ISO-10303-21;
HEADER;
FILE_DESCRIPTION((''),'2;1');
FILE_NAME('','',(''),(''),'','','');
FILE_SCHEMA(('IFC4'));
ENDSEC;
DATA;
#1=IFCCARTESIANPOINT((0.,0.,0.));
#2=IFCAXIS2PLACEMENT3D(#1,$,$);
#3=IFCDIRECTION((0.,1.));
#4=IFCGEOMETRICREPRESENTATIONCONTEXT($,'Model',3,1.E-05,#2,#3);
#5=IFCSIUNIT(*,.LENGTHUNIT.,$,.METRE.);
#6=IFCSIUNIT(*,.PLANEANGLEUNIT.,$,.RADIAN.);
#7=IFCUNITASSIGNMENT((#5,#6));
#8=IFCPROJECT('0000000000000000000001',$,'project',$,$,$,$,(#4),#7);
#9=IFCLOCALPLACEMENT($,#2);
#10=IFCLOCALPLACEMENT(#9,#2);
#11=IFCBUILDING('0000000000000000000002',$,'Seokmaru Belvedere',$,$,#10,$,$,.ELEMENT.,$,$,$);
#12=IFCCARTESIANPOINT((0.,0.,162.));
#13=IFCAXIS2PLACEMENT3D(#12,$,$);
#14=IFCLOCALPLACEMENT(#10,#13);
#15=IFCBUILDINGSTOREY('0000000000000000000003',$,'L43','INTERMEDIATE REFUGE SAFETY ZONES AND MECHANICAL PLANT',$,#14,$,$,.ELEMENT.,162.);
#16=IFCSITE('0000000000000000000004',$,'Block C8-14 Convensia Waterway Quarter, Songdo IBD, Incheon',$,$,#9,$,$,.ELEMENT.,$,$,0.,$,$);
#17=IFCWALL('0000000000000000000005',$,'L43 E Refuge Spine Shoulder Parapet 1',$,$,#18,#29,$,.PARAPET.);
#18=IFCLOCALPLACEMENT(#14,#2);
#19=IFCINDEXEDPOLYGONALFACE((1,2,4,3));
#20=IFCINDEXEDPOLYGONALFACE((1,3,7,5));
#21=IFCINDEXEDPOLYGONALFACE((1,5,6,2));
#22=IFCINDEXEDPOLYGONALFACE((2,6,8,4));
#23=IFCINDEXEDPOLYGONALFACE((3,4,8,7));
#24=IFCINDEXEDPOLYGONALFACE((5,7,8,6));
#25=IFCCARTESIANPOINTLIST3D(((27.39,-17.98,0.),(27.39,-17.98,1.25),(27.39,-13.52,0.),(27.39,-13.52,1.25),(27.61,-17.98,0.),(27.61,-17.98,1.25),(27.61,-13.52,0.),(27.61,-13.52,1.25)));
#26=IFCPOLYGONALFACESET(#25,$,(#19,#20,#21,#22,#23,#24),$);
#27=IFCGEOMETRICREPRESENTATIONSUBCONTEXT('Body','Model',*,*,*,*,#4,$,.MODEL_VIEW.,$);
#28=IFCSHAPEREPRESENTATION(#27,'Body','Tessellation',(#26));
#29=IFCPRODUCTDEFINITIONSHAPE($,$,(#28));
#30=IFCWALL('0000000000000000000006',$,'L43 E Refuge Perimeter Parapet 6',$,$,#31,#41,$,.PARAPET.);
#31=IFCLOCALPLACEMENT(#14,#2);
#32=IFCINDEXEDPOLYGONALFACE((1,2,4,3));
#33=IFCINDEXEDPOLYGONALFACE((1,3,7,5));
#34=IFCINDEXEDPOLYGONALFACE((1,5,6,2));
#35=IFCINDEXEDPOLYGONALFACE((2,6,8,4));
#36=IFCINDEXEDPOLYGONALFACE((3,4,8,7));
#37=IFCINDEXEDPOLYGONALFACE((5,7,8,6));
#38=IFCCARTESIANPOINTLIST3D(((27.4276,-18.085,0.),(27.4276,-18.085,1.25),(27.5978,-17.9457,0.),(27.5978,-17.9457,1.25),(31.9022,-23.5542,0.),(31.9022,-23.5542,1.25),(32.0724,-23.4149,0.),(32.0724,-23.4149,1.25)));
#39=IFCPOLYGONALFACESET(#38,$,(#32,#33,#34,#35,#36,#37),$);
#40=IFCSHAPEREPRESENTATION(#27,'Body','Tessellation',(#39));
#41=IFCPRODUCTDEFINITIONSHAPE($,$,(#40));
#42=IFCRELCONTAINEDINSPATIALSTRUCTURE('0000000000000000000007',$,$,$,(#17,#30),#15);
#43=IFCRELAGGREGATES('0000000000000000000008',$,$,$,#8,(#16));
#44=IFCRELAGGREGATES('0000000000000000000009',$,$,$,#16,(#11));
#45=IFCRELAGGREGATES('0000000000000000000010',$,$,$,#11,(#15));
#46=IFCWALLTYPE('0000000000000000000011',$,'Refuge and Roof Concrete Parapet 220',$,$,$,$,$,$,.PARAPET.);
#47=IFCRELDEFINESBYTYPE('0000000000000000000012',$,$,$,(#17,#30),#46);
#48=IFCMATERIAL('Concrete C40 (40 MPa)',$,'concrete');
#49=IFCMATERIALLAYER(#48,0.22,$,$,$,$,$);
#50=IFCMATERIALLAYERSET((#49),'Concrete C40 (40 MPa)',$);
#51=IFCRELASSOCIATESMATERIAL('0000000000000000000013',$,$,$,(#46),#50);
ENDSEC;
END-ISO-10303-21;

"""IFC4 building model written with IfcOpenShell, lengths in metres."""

from ifc_helpers import new_model, si_unit, direction, frame, frame_2d, origin, place, context, subcontext, project, spatial, rectangle, extrude, material, layer, layer_set, type_object, element, save


model = new_model("IFC4")

# Units and contexts
model_context = context("Model", 3, precision=1e-05, world=origin(), true_north=direction((0.0, 1.0)))
body_context = subcontext(model_context, "Body", "Model", "MODEL_VIEW")
ifc_project = project(units=[si_unit("LENGTHUNIT", "METRE"), si_unit("PLANEANGLEUNIT", "RADIAN")], contexts=[model_context])

# Site, building, storey
site_placement = place(None, origin())
site = spatial("IfcSite", under=ifc_project, at=site_placement, Name="Block C8-14 Convensia Waterway Quarter, Songdo IBD, Incheon", CompositionType="ELEMENT", RefElevation=0.0)
building_placement = place(site_placement, origin())
building = spatial("IfcBuilding", under=site, at=building_placement, Name="Seokmaru Belvedere", CompositionType="ELEMENT")
storey_placement = place(building_placement, frame((0.0, 0.0, 162.0)))
storey = spatial("IfcBuildingStorey", under=building, at=storey_placement, Name="L43", Description="INTERMEDIATE REFUGE SAFETY ZONES AND MECHANICAL PLANT", CompositionType="ELEMENT", Elevation=162.0)

# Shared definitions
ifc_material_1 = material(Name="Concrete C40 (40 MPa)", Category="concrete")

# Walls
ifc_layer_1 = layer(ifc_material_1, 0.22)
ifc_layer_set_1 = layer_set([ifc_layer_1], Name="Concrete C40 (40 MPa)")
wall_type_1 = type_object("IfcWallType", Name="Refuge and Roof Concrete Parapet 220", PredefinedType="PARAPET", material=ifc_layer_set_1)
wall_1_placement = place(storey_placement, frame((27.5, -17.98, 0.0), z_axis=(0.0, 0.0, 1.0), x_axis=(0.0, 1.0, 0.0)))
element("IfcWall", 1, at=wall_1_placement, inside=storey, type_object=wall_type_1, Name="L43 E Refuge Spine Shoulder Parapet 1", PredefinedType="PARAPET", context=body_context, shape_type="SweptSolid", body=[
    extrude(rectangle(XDim=4.46, YDim=0.22, at=frame_2d((2.23, 0.0))), origin(), (0.0, 0.0, 1.0), 1.25),
])
wall_2_placement = place(storey_placement, frame((27.5127, -18.0154, 0.0), z_axis=(0.0, 0.0, 1.0), x_axis=(0.633219, -0.773973, 0.0)))
element("IfcWall", 2, at=wall_2_placement, inside=storey, type_object=wall_type_1, Name="L43 E Refuge Perimeter Parapet 6", PredefinedType="PARAPET", context=body_context, shape_type="SweptSolid", body=[
    extrude(rectangle(XDim=7.0664, YDim=0.22, at=frame_2d((3.5332, 0.0))), origin(), (0.0, 0.0, 1.0), 1.25),
])

save(model, "model.ifc")
